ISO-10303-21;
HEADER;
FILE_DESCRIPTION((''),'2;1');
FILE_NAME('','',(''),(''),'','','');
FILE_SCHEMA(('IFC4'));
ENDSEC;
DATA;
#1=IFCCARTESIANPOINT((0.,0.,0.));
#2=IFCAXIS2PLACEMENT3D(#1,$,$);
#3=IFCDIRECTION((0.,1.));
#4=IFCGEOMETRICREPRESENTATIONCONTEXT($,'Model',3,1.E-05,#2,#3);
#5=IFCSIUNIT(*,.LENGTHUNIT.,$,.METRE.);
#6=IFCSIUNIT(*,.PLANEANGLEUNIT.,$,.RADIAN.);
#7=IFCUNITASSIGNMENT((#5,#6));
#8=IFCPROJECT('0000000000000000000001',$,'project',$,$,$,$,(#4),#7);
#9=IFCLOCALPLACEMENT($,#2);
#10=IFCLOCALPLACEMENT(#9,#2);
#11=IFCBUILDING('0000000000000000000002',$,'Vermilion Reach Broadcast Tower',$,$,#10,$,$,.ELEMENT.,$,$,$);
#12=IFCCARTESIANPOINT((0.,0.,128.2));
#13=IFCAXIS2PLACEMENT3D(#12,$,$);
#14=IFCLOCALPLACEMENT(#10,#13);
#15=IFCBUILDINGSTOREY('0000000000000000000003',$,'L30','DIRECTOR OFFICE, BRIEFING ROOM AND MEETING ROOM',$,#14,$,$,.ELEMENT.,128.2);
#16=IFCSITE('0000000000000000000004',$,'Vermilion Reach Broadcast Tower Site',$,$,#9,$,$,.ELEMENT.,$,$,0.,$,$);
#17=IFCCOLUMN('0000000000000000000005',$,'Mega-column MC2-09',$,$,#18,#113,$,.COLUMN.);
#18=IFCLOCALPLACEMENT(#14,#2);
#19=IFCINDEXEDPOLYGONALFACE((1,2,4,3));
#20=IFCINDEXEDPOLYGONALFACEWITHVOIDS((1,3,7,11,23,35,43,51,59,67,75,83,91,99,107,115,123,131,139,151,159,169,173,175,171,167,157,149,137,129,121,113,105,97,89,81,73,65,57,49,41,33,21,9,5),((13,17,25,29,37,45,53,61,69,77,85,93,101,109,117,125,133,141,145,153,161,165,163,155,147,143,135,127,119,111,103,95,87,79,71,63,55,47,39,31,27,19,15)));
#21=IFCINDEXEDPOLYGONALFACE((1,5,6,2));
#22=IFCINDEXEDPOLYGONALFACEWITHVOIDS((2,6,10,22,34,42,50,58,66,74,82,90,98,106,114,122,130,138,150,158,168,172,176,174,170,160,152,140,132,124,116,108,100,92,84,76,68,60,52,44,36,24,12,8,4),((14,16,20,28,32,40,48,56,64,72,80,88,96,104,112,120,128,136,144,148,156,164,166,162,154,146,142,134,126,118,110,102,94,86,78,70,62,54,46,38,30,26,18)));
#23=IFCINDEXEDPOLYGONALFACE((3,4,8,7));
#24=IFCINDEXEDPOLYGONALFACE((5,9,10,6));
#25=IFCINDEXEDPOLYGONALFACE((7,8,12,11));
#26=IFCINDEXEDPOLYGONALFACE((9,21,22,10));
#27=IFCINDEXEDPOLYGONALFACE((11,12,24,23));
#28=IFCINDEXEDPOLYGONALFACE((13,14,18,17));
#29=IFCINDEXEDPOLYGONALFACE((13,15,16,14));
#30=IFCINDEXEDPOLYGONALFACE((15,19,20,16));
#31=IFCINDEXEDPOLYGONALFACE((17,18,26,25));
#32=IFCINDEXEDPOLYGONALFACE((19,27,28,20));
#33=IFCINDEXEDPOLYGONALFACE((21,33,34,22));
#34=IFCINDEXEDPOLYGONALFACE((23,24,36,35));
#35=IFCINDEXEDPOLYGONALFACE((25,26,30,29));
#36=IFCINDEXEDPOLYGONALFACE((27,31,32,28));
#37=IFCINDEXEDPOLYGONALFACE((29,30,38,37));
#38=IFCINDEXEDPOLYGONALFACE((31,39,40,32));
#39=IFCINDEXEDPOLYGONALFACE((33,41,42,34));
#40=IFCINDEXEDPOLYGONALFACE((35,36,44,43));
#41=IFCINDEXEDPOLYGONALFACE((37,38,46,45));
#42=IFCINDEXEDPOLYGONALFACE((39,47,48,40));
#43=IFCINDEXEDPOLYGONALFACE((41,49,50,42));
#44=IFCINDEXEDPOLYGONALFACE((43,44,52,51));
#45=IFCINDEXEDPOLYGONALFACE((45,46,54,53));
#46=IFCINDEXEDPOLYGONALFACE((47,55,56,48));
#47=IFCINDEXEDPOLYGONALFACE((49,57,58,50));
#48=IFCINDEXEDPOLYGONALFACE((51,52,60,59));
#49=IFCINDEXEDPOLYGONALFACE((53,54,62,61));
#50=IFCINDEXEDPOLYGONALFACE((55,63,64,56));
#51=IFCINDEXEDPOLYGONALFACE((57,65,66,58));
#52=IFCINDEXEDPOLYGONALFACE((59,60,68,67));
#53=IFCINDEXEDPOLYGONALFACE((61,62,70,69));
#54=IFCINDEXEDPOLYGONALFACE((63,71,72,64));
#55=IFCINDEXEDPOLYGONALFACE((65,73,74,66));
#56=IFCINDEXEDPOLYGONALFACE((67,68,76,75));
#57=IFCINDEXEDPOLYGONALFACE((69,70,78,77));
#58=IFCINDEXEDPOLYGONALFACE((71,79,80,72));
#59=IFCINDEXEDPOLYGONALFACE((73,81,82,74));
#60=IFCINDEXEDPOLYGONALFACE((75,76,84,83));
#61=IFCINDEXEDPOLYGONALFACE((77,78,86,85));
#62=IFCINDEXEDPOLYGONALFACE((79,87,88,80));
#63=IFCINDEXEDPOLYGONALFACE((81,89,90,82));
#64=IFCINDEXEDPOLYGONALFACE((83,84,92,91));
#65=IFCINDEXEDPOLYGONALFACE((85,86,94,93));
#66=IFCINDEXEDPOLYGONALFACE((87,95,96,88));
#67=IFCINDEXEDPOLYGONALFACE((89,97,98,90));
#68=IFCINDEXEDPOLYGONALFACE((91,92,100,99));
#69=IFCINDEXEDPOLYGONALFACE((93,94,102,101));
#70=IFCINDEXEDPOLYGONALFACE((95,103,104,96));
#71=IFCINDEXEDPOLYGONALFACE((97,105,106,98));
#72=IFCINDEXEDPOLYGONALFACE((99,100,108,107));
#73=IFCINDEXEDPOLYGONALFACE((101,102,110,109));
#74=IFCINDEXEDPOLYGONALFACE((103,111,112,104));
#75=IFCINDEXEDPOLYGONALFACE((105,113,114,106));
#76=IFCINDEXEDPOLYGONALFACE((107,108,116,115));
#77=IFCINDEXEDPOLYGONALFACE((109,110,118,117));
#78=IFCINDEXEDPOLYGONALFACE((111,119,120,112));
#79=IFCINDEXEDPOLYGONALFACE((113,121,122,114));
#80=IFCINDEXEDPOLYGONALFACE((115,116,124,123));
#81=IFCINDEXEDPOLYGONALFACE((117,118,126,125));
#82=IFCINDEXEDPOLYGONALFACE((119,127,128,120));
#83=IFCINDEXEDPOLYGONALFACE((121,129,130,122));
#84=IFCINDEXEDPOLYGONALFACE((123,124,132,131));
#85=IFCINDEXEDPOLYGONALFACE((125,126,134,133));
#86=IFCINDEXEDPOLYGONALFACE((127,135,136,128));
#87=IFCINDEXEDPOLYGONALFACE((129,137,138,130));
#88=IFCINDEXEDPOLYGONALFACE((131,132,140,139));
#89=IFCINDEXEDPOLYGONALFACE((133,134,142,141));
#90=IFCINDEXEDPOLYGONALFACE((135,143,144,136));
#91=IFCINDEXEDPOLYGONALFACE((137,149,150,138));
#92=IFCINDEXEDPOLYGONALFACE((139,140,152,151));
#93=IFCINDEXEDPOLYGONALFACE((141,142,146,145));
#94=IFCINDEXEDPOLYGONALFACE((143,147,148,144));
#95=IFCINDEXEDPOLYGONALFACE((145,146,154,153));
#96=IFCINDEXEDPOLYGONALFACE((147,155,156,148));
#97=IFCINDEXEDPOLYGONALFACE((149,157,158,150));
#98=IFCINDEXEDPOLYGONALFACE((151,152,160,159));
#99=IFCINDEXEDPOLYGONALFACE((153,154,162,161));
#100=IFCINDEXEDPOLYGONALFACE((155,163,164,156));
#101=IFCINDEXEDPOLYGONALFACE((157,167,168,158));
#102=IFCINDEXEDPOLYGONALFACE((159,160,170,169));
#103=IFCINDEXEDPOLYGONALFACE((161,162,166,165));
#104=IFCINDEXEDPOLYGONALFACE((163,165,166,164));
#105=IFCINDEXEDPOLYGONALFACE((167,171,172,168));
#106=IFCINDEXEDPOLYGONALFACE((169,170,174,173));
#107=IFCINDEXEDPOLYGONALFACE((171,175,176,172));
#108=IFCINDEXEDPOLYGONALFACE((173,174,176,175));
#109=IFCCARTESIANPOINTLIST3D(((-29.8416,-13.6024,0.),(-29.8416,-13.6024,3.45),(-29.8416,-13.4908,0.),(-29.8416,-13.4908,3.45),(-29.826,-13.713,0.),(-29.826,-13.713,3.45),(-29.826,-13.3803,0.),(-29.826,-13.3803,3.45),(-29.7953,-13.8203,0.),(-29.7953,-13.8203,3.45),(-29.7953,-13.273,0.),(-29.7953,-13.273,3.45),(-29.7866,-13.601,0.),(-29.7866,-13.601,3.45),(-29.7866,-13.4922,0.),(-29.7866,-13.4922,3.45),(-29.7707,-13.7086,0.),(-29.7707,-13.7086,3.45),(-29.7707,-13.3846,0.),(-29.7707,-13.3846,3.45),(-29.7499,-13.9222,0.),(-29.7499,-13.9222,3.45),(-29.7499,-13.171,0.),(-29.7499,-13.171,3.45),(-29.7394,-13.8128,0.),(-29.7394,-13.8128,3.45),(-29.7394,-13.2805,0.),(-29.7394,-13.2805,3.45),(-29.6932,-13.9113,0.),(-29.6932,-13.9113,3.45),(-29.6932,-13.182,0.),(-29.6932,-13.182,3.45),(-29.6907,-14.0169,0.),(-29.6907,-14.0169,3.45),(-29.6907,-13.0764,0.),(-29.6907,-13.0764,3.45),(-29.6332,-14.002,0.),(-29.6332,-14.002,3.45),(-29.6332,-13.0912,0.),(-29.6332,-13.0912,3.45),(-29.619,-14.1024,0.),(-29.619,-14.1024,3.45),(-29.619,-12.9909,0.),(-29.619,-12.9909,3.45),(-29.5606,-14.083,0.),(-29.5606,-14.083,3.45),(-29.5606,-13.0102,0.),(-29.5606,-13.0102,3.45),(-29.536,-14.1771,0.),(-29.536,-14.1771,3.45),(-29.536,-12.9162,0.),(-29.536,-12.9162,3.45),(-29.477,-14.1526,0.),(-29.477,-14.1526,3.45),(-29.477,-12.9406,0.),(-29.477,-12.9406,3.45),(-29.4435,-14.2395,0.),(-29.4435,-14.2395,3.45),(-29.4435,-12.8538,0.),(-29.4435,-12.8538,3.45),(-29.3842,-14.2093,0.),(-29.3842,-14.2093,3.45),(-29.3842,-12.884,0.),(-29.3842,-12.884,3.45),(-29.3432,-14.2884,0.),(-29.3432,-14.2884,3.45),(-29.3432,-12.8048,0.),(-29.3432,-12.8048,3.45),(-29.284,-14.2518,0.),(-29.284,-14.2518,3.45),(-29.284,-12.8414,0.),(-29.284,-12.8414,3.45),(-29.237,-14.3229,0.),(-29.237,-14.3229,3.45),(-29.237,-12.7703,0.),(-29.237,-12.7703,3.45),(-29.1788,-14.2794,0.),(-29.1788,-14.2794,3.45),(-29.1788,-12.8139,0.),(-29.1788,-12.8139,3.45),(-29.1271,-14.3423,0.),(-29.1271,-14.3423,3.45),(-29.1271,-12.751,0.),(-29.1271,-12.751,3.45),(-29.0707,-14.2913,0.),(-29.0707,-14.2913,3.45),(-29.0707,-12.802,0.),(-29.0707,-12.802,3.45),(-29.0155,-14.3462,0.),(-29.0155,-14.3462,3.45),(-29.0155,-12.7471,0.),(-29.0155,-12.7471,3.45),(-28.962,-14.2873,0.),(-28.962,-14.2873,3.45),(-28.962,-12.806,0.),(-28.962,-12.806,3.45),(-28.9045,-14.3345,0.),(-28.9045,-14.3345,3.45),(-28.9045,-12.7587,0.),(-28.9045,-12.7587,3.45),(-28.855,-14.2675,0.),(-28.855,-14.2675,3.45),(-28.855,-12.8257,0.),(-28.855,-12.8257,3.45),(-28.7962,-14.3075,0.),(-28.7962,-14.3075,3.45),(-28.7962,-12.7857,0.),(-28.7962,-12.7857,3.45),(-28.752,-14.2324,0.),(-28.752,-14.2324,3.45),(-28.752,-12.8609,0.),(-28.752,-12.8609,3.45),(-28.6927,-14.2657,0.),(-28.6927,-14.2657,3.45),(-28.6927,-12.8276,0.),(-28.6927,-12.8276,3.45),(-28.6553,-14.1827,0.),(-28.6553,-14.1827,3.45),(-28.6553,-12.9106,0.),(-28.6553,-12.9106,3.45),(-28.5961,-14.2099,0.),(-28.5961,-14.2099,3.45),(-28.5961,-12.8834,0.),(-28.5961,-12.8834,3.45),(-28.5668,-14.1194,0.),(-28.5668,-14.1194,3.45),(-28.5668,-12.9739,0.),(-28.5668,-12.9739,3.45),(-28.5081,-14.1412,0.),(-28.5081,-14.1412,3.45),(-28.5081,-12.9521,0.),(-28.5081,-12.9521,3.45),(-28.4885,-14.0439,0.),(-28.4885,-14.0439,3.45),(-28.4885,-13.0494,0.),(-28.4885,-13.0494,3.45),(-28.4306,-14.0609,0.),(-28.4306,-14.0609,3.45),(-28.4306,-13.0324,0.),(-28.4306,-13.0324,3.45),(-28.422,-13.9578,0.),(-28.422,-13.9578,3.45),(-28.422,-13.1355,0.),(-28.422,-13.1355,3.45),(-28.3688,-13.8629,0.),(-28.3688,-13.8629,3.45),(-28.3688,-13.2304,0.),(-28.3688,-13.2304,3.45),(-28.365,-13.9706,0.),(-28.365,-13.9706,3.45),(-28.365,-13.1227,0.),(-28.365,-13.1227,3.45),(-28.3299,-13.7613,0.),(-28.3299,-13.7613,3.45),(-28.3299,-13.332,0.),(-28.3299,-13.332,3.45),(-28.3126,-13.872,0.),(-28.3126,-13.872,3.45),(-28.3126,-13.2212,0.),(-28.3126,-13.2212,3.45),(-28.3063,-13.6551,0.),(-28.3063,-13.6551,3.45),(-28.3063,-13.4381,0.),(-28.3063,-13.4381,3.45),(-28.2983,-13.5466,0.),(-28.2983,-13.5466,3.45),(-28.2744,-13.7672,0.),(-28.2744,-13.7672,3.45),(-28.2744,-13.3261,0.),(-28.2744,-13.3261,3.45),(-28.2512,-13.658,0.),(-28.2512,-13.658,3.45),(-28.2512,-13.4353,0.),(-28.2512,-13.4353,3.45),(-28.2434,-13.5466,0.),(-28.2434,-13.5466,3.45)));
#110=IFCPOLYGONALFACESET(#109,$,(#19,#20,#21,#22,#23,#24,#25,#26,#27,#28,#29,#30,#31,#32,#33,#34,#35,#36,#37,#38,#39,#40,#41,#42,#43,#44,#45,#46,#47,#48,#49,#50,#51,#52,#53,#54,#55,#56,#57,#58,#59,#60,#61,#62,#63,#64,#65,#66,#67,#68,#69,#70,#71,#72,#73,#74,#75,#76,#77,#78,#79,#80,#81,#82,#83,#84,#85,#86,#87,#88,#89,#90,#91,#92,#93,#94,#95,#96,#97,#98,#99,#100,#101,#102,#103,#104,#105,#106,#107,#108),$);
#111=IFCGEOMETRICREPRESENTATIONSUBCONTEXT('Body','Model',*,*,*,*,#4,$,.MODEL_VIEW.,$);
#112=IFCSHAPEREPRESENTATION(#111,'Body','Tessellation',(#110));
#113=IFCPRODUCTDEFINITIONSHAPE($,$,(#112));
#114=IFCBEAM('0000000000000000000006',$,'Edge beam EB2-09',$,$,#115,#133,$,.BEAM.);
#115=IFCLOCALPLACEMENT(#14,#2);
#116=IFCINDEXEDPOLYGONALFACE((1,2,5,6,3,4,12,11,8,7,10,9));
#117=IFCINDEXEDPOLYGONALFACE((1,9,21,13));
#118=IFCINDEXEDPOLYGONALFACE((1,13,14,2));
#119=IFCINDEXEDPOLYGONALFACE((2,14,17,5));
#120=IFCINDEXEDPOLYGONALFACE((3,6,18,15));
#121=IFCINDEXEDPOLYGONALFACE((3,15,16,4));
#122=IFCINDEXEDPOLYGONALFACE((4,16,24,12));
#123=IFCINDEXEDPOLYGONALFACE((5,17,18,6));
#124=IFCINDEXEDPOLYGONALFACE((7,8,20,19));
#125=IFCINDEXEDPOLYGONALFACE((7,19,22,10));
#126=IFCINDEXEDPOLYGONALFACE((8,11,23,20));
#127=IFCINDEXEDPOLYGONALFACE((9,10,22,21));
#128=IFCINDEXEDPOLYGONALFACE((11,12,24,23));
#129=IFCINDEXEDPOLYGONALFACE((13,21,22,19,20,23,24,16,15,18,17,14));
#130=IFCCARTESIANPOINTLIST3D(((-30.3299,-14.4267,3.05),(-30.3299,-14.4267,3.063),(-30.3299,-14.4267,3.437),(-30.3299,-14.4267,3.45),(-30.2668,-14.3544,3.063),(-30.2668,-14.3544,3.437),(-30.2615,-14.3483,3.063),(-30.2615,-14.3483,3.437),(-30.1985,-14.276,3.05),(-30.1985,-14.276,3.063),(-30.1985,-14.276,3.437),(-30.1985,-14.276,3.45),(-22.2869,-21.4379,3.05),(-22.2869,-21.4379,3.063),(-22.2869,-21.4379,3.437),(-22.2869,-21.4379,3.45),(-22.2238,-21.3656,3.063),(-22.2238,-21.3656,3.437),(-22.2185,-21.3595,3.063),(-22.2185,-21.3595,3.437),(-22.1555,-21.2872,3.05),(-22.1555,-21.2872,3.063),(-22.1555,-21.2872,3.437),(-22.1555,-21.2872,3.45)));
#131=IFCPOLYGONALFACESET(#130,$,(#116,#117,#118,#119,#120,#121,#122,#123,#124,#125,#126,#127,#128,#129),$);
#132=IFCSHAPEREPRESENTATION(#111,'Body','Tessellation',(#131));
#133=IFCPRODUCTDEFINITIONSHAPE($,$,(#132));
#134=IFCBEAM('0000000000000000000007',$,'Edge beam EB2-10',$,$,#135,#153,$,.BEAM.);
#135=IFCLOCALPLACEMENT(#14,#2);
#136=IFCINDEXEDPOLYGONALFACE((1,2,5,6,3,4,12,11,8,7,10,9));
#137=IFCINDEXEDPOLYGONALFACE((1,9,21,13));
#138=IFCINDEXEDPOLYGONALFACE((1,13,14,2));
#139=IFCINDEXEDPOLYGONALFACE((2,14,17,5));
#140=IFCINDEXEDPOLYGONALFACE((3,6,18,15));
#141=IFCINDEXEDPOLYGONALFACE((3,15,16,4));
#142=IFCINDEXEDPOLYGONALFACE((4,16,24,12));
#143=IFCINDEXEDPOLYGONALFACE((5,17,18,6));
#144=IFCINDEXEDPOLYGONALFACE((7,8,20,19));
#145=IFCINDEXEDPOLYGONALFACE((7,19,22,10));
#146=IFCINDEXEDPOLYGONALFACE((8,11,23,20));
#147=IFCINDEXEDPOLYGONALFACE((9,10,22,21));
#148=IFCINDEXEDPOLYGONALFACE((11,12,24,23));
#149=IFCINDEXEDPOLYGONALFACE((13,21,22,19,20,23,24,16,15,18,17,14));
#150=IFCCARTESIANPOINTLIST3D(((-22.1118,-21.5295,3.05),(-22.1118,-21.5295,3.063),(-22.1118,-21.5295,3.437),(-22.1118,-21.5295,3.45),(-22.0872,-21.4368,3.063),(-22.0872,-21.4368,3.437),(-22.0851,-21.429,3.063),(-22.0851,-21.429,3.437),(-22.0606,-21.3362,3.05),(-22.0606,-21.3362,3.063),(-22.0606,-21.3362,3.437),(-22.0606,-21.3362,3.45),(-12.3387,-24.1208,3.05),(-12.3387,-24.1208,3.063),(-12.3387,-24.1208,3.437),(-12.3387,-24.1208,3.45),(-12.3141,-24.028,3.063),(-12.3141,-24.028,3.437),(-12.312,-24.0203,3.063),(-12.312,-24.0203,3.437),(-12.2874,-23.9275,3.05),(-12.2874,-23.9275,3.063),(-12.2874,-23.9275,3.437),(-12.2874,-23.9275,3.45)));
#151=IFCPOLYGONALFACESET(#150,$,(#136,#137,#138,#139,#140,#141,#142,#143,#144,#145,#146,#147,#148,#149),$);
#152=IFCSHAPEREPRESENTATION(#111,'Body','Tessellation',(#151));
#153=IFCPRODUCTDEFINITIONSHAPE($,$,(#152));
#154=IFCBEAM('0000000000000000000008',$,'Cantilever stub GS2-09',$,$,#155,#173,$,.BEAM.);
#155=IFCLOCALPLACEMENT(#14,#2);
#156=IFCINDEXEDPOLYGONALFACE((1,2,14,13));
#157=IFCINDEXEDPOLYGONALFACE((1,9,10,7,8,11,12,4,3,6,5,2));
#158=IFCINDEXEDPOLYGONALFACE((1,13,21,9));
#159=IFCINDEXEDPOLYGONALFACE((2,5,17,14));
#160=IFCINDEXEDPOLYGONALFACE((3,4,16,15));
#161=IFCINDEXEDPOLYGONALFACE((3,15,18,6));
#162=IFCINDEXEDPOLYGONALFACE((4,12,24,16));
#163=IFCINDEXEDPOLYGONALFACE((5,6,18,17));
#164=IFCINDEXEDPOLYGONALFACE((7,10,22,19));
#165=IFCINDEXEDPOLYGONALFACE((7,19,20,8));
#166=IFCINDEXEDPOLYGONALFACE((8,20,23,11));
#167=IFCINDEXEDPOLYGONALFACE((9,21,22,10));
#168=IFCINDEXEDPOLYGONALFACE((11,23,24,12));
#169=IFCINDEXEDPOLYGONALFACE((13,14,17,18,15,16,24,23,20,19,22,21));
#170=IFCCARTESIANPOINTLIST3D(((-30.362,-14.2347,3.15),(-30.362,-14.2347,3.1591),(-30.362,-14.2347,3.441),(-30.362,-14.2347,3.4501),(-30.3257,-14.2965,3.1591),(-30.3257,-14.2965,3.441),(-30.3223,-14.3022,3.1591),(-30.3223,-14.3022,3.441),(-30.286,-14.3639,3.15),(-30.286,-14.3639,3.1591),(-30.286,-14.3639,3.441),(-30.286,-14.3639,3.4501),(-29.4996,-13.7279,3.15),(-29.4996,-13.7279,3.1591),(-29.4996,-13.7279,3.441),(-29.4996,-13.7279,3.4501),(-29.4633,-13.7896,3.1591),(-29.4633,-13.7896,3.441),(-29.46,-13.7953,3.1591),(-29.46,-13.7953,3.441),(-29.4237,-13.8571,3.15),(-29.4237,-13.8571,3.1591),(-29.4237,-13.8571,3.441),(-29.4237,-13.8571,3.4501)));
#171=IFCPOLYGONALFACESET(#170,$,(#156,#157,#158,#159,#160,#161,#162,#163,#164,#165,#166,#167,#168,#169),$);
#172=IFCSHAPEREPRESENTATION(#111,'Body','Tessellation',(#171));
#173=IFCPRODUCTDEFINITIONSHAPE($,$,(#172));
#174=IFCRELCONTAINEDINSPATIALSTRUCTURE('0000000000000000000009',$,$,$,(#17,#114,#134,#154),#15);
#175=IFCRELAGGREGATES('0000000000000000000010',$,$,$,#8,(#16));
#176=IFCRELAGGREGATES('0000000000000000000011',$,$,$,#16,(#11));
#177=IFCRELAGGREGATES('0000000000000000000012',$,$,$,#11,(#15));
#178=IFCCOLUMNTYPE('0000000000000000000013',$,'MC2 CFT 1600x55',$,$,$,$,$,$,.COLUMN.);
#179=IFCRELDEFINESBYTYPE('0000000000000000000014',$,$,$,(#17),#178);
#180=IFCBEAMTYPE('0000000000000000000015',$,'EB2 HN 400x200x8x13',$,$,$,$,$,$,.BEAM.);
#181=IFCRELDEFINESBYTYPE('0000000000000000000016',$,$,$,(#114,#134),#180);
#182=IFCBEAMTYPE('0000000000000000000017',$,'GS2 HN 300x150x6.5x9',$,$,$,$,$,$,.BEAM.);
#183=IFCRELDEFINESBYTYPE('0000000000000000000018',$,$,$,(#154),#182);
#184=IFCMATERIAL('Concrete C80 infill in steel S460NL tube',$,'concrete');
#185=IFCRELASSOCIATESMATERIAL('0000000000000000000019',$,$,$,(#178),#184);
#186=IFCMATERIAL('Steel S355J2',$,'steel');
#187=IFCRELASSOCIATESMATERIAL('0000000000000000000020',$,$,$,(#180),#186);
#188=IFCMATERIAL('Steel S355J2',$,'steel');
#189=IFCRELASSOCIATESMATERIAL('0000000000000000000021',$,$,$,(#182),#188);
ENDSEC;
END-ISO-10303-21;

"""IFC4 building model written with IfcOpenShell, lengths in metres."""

from ifc_helpers import new_model, si_unit, direction, frame, origin, origin_2d, place, context, subcontext, project, spatial, hollow_circle, i_section, extrude, material, material_profile, profile_set, type_object, element, save


model = new_model("IFC4")

# Units and contexts
model_context = context("Model", 3, precision=1e-05, world=origin(), true_north=direction((0.0, 1.0)))
body_context = subcontext(model_context, "Body", "Model", "MODEL_VIEW")
ifc_project = project(units=[si_unit("LENGTHUNIT", "METRE"), si_unit("PLANEANGLEUNIT", "RADIAN")], contexts=[model_context])

# Site, building, storey
site_placement = place(None, origin())
site = spatial("IfcSite", under=ifc_project, at=site_placement, Name="Vermilion Reach Broadcast Tower Site", CompositionType="ELEMENT", RefElevation=0.0)
building_placement = place(site_placement, origin())
building = spatial("IfcBuilding", under=site, at=building_placement, Name="Vermilion Reach Broadcast Tower", CompositionType="ELEMENT")
storey_placement = place(building_placement, frame((0.0, 0.0, 128.2)))
storey = spatial("IfcBuildingStorey", under=building, at=storey_placement, Name="L30", Description="DIRECTOR OFFICE, BRIEFING ROOM AND MEETING ROOM", CompositionType="ELEMENT", Elevation=128.2)

# Column
ifc_material_1 = material(Name="Concrete C80 infill in steel S460NL tube", Category="concrete")
ifc_material_profile_1 = material_profile(ifc_material_1, hollow_circle(Radius=0.8, WallThickness=0.0549, at=origin_2d()), Name="Concrete C80 infill in steel S460NL tube CFT 1600x55")
ifc_profile_set_1 = profile_set([ifc_material_profile_1], Name="Concrete C80 infill in steel S460NL tube")
column_type = type_object("IfcColumnType", Name="MC2 CFT 1600x55", PredefinedType="COLUMN", material=ifc_profile_set_1)
column_placement = place(storey_placement, frame((-29.0435, -13.5466, 0.0), z_axis=(0.0, 0.0, 1.0), x_axis=(1.0, 0.0, 0.0)))
element("IfcColumn", 1, at=column_placement, inside=storey, type_object=column_type, Name="Mega-column MC2-09", PredefinedType="COLUMN", context=body_context, shape_type="SweptSolid", body=[
    extrude(hollow_circle(Radius=0.8, WallThickness=0.0549, at=origin_2d()), origin(), (0.0, 0.0, 1.0), 3.45),
])

# Beams
ifc_material_2 = material(Name="Steel S355J2", Category="steel")
ifc_material_profile_2 = material_profile(ifc_material_2, i_section(OverallWidth=0.2, OverallDepth=0.3999, WebThickness=0.0081, FlangeThickness=0.0129, at=origin_2d()), Name="S355J2 HN 400x200x8x13")
ifc_profile_set_2 = profile_set([ifc_material_profile_2], Name="Steel S355J2")
beam_type_1 = type_object("IfcBeamType", Name="EB2 HN 400x200x8x13", PredefinedType="BEAM", material=ifc_profile_set_2)
beam_1_placement = place(storey_placement, frame((-30.2642, -14.3513, 3.25), z_axis=(0.7538, -0.657104, 0.0), x_axis=(0.657104, 0.7538, 0.0)))
element("IfcBeam", 2, at=beam_1_placement, inside=storey, type_object=beam_type_1, Name="Edge beam EB2-09", PredefinedType="BEAM", context=body_context, shape_type="SweptSolid", body=[
    extrude(i_section(OverallWidth=0.2, OverallDepth=0.3999, WebThickness=0.0081, FlangeThickness=0.0129, at=origin_2d()), origin(), (0.0, 0.0, 1.0), 10.6699),
])
beam_2_placement = place(storey_placement, frame((-22.0862, -21.4329, 3.25), z_axis=(0.9666, -0.256289, 0.0), x_axis=(0.256289, 0.9666, 0.0)))
element("IfcBeam", 3, at=beam_2_placement, inside=storey, type_object=beam_type_1, Name="Edge beam EB2-10", PredefinedType="BEAM", context=body_context, shape_type="SweptSolid", body=[
    extrude(i_section(OverallWidth=0.2, OverallDepth=0.3999, WebThickness=0.0081, FlangeThickness=0.0129, at=origin_2d()), origin(), (0.0, 0.0, 1.0), 10.1108),
])
ifc_material_3 = material(Name="Steel S355J2", Category="steel")
ifc_material_profile_3 = material_profile(ifc_material_3, i_section(OverallWidth=0.1499, OverallDepth=0.3, WebThickness=0.0066, FlangeThickness=0.009, at=origin_2d()), Name="S355J2 HN 300x150x6.5x9")
ifc_profile_set_3 = profile_set([ifc_material_profile_3], Name="Steel S355J2")
beam_type_2 = type_object("IfcBeamType", Name="GS2 HN 300x150x6.5x9", PredefinedType="BEAM", material=ifc_profile_set_3)
beam_3_placement = place(storey_placement, frame((-29.4617, -13.7925, 3.3), z_axis=(-0.86211, -0.506721, 0.0), x_axis=(0.506721, -0.86211, 0.0)))
element("IfcBeam", 4, at=beam_3_placement, inside=storey, type_object=beam_type_2, Name="Cantilever stub GS2-09", PredefinedType="BEAM", context=body_context, shape_type="SweptSolid", body=[
    extrude(i_section(OverallWidth=0.1499, OverallDepth=0.3, WebThickness=0.0066, FlangeThickness=0.009, at=origin_2d()), origin(), (0.0, 0.0, 1.0), 1.0002),
])

save(model, "model.ifc")
